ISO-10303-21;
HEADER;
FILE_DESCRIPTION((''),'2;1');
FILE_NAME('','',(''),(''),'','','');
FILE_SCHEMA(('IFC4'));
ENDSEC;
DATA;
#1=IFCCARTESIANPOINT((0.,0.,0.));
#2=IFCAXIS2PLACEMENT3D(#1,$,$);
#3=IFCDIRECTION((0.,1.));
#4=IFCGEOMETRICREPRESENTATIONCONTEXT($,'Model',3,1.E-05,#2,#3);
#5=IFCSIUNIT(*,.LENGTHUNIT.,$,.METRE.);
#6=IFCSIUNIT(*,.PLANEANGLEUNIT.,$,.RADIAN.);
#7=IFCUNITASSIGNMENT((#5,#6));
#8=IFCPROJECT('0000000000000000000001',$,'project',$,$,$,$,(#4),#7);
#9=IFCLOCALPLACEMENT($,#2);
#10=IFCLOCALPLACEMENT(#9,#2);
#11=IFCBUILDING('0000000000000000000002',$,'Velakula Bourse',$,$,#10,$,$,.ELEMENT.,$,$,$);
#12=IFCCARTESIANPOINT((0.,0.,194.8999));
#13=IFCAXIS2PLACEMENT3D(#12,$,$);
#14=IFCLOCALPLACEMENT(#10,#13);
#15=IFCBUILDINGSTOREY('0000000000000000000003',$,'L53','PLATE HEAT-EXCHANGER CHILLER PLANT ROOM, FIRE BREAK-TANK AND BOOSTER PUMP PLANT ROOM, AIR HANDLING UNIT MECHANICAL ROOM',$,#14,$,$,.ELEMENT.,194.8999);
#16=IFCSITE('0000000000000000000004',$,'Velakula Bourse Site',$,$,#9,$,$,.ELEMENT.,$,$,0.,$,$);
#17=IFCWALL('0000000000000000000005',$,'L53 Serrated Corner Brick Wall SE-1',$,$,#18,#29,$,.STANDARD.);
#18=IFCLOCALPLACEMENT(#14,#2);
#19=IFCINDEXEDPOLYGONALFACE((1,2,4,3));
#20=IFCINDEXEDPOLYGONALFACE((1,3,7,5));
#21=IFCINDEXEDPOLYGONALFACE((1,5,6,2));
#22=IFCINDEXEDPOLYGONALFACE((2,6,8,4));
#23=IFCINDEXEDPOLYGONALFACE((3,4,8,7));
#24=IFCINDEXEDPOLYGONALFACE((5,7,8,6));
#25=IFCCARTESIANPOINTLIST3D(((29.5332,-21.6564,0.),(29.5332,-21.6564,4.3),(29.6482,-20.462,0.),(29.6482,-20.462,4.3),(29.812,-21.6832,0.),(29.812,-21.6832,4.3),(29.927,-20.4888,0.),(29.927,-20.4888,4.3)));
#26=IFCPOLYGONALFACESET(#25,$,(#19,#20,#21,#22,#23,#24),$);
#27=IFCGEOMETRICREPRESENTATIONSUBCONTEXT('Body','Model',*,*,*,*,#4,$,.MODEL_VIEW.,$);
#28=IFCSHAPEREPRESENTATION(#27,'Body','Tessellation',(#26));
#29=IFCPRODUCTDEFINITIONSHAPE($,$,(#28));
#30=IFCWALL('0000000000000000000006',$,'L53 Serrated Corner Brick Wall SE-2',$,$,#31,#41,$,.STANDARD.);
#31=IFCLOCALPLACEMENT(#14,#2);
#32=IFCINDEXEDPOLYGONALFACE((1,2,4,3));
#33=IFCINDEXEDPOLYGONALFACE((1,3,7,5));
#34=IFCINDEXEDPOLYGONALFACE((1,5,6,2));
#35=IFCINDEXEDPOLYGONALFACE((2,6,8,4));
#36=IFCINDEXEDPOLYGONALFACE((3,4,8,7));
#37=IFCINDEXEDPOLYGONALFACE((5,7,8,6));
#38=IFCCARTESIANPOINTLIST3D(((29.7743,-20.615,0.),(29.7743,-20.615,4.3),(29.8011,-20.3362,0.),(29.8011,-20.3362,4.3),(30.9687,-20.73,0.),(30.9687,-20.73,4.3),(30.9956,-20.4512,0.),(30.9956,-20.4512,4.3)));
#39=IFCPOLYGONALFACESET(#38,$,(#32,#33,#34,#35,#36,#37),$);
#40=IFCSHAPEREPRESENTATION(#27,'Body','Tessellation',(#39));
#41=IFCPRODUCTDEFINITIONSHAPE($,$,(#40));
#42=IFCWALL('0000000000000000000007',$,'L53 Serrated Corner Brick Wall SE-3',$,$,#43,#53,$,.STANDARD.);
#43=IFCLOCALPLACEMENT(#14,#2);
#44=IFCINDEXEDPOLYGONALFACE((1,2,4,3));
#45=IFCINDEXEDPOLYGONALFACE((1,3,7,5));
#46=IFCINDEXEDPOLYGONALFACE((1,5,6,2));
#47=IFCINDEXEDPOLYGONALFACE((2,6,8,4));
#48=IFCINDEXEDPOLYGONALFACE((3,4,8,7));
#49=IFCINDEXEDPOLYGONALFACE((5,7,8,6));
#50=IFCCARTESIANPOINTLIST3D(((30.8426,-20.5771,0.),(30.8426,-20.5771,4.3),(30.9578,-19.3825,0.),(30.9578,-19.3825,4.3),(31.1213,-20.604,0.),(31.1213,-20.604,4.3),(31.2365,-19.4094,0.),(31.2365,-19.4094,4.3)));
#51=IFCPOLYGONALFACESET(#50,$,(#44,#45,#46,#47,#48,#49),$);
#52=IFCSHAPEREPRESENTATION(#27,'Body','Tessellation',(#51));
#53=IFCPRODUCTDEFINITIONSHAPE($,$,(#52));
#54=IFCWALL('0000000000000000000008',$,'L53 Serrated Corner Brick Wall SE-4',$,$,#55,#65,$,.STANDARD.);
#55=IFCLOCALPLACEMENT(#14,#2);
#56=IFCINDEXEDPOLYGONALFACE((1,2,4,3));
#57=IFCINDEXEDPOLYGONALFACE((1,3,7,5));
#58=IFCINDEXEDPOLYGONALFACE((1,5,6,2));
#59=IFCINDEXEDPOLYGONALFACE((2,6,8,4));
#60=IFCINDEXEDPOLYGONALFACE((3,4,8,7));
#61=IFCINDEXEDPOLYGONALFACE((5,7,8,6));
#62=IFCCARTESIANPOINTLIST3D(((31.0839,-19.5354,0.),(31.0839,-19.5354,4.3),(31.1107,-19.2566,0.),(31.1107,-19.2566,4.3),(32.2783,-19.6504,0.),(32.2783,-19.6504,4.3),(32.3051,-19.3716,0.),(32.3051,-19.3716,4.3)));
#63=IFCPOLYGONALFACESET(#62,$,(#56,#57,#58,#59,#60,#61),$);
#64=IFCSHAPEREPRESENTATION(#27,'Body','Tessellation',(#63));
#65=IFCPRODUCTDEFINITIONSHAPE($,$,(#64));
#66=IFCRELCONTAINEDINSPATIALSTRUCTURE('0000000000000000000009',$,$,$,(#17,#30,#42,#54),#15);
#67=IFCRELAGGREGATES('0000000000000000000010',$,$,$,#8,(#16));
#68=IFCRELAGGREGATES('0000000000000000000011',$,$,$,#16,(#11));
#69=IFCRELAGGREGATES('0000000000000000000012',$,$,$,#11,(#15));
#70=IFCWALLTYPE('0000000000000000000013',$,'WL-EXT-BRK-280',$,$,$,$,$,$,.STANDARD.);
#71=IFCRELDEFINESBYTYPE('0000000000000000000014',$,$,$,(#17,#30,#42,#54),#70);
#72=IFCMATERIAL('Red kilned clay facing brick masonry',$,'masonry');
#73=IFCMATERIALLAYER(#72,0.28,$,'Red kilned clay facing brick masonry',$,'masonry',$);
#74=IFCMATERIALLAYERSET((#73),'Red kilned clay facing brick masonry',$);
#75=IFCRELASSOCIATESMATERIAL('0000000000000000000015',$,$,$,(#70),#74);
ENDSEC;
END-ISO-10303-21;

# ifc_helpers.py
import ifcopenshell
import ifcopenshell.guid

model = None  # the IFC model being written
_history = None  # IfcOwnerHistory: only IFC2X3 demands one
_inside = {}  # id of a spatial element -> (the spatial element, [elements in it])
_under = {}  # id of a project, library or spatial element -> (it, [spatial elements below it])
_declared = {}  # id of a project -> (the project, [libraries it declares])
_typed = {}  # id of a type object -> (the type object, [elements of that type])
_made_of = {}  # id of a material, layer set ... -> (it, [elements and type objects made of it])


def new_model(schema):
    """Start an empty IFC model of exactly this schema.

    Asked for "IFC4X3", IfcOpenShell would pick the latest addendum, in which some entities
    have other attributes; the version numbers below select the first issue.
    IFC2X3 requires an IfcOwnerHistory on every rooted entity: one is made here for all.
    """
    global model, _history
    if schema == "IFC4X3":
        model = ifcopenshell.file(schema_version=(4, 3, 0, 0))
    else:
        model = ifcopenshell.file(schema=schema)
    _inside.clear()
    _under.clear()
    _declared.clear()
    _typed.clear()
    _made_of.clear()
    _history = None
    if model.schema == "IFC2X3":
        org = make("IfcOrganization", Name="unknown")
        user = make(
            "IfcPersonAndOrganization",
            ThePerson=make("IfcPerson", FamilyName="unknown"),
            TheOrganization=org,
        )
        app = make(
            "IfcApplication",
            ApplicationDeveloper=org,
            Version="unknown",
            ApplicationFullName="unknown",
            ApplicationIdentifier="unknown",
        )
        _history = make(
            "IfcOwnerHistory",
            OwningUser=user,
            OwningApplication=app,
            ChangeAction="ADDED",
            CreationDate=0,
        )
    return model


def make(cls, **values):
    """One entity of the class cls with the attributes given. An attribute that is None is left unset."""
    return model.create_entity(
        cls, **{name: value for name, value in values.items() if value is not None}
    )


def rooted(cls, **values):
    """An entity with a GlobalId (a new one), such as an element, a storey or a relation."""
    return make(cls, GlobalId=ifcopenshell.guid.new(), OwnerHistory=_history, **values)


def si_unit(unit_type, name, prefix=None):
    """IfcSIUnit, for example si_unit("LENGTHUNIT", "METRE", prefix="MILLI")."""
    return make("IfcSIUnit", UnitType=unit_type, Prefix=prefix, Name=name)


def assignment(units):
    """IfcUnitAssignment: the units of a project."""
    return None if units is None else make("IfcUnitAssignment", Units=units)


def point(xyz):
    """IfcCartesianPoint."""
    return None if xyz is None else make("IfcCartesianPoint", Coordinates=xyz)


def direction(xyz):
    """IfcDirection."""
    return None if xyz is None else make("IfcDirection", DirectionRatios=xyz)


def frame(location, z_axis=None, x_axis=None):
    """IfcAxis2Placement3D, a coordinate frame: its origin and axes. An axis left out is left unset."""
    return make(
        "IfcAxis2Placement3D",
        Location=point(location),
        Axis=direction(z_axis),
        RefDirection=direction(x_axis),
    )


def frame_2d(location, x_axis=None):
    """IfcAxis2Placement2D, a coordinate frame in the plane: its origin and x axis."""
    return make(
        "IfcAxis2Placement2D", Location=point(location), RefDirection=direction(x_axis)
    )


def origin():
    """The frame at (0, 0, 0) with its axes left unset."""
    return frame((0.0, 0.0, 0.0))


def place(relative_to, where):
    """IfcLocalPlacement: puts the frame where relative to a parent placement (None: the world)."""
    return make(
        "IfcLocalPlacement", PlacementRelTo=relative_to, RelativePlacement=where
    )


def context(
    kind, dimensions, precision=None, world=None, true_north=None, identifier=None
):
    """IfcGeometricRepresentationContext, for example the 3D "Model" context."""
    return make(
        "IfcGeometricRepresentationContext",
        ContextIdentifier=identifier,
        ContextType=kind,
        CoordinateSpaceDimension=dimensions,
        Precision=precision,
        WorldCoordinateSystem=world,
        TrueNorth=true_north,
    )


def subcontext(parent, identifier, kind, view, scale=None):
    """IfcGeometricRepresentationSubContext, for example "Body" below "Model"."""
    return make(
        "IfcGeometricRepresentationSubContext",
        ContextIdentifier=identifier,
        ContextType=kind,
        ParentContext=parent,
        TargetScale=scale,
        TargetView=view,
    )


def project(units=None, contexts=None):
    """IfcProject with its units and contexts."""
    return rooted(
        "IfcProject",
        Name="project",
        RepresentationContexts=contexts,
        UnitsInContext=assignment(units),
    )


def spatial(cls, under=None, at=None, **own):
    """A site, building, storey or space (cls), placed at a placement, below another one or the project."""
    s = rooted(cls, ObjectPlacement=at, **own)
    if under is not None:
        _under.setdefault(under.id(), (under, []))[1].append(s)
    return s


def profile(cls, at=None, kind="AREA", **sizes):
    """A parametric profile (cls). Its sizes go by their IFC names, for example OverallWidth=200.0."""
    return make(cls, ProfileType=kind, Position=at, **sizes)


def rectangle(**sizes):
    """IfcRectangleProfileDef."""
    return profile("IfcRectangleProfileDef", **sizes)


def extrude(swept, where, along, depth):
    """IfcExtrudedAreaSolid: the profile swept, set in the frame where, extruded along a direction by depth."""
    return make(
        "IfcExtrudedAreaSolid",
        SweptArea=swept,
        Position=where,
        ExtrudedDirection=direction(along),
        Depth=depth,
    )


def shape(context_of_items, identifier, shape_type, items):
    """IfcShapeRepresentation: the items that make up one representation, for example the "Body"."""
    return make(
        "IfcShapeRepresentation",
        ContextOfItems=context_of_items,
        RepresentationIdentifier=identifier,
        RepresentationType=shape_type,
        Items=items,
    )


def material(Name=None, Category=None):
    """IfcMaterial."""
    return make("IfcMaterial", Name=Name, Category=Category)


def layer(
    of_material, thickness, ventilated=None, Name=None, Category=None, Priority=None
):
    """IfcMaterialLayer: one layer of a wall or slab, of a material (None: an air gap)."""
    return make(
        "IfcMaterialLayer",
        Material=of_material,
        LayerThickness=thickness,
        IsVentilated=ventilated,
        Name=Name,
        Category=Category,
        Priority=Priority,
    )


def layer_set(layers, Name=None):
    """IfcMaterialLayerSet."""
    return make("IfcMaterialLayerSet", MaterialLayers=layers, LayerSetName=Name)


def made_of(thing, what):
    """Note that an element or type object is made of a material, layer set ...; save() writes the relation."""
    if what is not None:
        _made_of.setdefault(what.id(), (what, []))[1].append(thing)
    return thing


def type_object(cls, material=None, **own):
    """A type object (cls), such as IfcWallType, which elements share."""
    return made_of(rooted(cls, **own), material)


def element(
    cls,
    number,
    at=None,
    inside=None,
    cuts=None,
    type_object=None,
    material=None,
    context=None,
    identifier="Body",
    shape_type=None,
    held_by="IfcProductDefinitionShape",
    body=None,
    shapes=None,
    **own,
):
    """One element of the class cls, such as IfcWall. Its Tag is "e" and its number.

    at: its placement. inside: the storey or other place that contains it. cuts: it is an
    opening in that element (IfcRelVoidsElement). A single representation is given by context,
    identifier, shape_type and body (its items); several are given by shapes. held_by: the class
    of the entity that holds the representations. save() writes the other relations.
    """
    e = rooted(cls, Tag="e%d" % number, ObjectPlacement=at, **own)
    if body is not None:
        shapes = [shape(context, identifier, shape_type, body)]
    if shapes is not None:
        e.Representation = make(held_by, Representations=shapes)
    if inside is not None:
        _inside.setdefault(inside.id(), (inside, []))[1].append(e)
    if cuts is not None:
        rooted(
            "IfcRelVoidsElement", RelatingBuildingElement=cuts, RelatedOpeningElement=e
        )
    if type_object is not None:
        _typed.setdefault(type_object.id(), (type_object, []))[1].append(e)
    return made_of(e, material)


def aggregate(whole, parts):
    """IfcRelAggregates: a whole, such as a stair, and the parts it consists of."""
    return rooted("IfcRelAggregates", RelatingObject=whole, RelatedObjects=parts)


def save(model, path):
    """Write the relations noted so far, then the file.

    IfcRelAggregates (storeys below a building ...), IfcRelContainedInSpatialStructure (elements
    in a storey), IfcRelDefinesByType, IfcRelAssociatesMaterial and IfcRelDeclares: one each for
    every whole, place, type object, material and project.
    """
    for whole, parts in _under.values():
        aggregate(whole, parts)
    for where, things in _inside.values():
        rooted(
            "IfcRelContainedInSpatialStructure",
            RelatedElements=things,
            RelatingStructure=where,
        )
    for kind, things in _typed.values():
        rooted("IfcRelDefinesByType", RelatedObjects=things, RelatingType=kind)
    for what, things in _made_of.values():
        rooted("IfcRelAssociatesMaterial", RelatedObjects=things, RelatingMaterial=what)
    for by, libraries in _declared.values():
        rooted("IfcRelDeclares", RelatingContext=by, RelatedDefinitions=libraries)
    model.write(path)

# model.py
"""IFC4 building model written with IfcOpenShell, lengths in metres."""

from ifc_helpers import new_model, si_unit, direction, frame, frame_2d, origin, place, context, subcontext, project, spatial, rectangle, extrude, material, layer, layer_set, type_object, element, save


model = new_model("IFC4")

# Units and contexts
model_context = context("Model", 3, precision=1e-05, world=origin(), true_north=direction((0.0, 1.0)))
body_context = subcontext(model_context, "Body", "Model", "MODEL_VIEW")
ifc_project = project(units=[si_unit("LENGTHUNIT", "METRE"), si_unit("PLANEANGLEUNIT", "RADIAN")], contexts=[model_context])

# Site, building, storey
site_placement = place(None, origin())
site = spatial("IfcSite", under=ifc_project, at=site_placement, Name="Velakula Bourse Site", CompositionType="ELEMENT", RefElevation=0.0)
building_placement = place(site_placement, origin())
building = spatial("IfcBuilding", under=site, at=building_placement, Name="Velakula Bourse", CompositionType="ELEMENT")
storey_placement = place(building_placement, frame((0.0, 0.0, 194.8999)))
storey = spatial("IfcBuildingStorey", under=building, at=storey_placement, Name="L53", Description="PLATE HEAT-EXCHANGER CHILLER PLANT ROOM, FIRE BREAK-TANK AND BOOSTER PUMP PLANT ROOM, AIR HANDLING UNIT MECHANICAL ROOM", CompositionType="ELEMENT", Elevation=194.8999)

# Walls
ifc_material_1 = material(Name="Red kilned clay facing brick masonry", Category="masonry")
ifc_layer_1 = layer(ifc_material_1, 0.28, Name="Red kilned clay facing brick masonry", Category="masonry")
ifc_layer_set_1 = layer_set([ifc_layer_1], Name="Red kilned clay facing brick masonry")
wall_type = type_object("IfcWallType", Name="WL-EXT-BRK-280", PredefinedType="STANDARD", material=ifc_layer_set_1)
for number, where, z_axis, x_axis, name in (
    (1, (29.6726, -21.6699, 0.0), (0.0, 0.0, 1.0), (0.095836, 0.995397, 0.0), "L53 Serrated Corner Brick Wall SE-1"),
    (2, (29.7876, -20.4756, 0.0), (0.0, 0.0, 1.0), (0.995397, -0.095836, 0.0), "L53 Serrated Corner Brick Wall SE-2"),
):
    element("IfcWall", number, at=place(storey_placement, frame(where, z_axis=z_axis, x_axis=x_axis)), inside=storey, type_object=wall_type, Name=name, PredefinedType="STANDARD", context=body_context, shape_type="SweptSolid", body=[
        extrude(rectangle(XDim=1.2, YDim=0.28, at=frame_2d((0.6001, 0.0))), origin(), (0.0, 0.0, 1.0), 4.3),
    ])
wall_1_placement = place(storey_placement, frame((30.9819, -20.5906, 0.0), z_axis=(0.0, 0.0, 1.0), x_axis=(0.096019, 0.99538, 0.0)))
element("IfcWall", 3, at=wall_1_placement, inside=storey, type_object=wall_type, Name="L53 Serrated Corner Brick Wall SE-3", PredefinedType="STANDARD", context=body_context, shape_type="SweptSolid", body=[
    extrude(rectangle(XDim=1.2002, YDim=0.28, at=frame_2d((0.6001, 0.0))), origin(), (0.0, 0.0, 1.0), 4.3),
])
wall_2_placement = place(storey_placement, frame((31.0972, -19.396, 0.0), z_axis=(0.0, 0.0, 1.0), x_axis=(0.995397, -0.095836, 0.0)))
element("IfcWall", 4, at=wall_2_placement, inside=storey, type_object=wall_type, Name="L53 Serrated Corner Brick Wall SE-4", PredefinedType="STANDARD", context=body_context, shape_type="SweptSolid", body=[
    extrude(rectangle(XDim=1.2, YDim=0.28, at=frame_2d((0.6001, 0.0))), origin(), (0.0, 0.0, 1.0), 4.3),
])

save(model, "model.ifc")
